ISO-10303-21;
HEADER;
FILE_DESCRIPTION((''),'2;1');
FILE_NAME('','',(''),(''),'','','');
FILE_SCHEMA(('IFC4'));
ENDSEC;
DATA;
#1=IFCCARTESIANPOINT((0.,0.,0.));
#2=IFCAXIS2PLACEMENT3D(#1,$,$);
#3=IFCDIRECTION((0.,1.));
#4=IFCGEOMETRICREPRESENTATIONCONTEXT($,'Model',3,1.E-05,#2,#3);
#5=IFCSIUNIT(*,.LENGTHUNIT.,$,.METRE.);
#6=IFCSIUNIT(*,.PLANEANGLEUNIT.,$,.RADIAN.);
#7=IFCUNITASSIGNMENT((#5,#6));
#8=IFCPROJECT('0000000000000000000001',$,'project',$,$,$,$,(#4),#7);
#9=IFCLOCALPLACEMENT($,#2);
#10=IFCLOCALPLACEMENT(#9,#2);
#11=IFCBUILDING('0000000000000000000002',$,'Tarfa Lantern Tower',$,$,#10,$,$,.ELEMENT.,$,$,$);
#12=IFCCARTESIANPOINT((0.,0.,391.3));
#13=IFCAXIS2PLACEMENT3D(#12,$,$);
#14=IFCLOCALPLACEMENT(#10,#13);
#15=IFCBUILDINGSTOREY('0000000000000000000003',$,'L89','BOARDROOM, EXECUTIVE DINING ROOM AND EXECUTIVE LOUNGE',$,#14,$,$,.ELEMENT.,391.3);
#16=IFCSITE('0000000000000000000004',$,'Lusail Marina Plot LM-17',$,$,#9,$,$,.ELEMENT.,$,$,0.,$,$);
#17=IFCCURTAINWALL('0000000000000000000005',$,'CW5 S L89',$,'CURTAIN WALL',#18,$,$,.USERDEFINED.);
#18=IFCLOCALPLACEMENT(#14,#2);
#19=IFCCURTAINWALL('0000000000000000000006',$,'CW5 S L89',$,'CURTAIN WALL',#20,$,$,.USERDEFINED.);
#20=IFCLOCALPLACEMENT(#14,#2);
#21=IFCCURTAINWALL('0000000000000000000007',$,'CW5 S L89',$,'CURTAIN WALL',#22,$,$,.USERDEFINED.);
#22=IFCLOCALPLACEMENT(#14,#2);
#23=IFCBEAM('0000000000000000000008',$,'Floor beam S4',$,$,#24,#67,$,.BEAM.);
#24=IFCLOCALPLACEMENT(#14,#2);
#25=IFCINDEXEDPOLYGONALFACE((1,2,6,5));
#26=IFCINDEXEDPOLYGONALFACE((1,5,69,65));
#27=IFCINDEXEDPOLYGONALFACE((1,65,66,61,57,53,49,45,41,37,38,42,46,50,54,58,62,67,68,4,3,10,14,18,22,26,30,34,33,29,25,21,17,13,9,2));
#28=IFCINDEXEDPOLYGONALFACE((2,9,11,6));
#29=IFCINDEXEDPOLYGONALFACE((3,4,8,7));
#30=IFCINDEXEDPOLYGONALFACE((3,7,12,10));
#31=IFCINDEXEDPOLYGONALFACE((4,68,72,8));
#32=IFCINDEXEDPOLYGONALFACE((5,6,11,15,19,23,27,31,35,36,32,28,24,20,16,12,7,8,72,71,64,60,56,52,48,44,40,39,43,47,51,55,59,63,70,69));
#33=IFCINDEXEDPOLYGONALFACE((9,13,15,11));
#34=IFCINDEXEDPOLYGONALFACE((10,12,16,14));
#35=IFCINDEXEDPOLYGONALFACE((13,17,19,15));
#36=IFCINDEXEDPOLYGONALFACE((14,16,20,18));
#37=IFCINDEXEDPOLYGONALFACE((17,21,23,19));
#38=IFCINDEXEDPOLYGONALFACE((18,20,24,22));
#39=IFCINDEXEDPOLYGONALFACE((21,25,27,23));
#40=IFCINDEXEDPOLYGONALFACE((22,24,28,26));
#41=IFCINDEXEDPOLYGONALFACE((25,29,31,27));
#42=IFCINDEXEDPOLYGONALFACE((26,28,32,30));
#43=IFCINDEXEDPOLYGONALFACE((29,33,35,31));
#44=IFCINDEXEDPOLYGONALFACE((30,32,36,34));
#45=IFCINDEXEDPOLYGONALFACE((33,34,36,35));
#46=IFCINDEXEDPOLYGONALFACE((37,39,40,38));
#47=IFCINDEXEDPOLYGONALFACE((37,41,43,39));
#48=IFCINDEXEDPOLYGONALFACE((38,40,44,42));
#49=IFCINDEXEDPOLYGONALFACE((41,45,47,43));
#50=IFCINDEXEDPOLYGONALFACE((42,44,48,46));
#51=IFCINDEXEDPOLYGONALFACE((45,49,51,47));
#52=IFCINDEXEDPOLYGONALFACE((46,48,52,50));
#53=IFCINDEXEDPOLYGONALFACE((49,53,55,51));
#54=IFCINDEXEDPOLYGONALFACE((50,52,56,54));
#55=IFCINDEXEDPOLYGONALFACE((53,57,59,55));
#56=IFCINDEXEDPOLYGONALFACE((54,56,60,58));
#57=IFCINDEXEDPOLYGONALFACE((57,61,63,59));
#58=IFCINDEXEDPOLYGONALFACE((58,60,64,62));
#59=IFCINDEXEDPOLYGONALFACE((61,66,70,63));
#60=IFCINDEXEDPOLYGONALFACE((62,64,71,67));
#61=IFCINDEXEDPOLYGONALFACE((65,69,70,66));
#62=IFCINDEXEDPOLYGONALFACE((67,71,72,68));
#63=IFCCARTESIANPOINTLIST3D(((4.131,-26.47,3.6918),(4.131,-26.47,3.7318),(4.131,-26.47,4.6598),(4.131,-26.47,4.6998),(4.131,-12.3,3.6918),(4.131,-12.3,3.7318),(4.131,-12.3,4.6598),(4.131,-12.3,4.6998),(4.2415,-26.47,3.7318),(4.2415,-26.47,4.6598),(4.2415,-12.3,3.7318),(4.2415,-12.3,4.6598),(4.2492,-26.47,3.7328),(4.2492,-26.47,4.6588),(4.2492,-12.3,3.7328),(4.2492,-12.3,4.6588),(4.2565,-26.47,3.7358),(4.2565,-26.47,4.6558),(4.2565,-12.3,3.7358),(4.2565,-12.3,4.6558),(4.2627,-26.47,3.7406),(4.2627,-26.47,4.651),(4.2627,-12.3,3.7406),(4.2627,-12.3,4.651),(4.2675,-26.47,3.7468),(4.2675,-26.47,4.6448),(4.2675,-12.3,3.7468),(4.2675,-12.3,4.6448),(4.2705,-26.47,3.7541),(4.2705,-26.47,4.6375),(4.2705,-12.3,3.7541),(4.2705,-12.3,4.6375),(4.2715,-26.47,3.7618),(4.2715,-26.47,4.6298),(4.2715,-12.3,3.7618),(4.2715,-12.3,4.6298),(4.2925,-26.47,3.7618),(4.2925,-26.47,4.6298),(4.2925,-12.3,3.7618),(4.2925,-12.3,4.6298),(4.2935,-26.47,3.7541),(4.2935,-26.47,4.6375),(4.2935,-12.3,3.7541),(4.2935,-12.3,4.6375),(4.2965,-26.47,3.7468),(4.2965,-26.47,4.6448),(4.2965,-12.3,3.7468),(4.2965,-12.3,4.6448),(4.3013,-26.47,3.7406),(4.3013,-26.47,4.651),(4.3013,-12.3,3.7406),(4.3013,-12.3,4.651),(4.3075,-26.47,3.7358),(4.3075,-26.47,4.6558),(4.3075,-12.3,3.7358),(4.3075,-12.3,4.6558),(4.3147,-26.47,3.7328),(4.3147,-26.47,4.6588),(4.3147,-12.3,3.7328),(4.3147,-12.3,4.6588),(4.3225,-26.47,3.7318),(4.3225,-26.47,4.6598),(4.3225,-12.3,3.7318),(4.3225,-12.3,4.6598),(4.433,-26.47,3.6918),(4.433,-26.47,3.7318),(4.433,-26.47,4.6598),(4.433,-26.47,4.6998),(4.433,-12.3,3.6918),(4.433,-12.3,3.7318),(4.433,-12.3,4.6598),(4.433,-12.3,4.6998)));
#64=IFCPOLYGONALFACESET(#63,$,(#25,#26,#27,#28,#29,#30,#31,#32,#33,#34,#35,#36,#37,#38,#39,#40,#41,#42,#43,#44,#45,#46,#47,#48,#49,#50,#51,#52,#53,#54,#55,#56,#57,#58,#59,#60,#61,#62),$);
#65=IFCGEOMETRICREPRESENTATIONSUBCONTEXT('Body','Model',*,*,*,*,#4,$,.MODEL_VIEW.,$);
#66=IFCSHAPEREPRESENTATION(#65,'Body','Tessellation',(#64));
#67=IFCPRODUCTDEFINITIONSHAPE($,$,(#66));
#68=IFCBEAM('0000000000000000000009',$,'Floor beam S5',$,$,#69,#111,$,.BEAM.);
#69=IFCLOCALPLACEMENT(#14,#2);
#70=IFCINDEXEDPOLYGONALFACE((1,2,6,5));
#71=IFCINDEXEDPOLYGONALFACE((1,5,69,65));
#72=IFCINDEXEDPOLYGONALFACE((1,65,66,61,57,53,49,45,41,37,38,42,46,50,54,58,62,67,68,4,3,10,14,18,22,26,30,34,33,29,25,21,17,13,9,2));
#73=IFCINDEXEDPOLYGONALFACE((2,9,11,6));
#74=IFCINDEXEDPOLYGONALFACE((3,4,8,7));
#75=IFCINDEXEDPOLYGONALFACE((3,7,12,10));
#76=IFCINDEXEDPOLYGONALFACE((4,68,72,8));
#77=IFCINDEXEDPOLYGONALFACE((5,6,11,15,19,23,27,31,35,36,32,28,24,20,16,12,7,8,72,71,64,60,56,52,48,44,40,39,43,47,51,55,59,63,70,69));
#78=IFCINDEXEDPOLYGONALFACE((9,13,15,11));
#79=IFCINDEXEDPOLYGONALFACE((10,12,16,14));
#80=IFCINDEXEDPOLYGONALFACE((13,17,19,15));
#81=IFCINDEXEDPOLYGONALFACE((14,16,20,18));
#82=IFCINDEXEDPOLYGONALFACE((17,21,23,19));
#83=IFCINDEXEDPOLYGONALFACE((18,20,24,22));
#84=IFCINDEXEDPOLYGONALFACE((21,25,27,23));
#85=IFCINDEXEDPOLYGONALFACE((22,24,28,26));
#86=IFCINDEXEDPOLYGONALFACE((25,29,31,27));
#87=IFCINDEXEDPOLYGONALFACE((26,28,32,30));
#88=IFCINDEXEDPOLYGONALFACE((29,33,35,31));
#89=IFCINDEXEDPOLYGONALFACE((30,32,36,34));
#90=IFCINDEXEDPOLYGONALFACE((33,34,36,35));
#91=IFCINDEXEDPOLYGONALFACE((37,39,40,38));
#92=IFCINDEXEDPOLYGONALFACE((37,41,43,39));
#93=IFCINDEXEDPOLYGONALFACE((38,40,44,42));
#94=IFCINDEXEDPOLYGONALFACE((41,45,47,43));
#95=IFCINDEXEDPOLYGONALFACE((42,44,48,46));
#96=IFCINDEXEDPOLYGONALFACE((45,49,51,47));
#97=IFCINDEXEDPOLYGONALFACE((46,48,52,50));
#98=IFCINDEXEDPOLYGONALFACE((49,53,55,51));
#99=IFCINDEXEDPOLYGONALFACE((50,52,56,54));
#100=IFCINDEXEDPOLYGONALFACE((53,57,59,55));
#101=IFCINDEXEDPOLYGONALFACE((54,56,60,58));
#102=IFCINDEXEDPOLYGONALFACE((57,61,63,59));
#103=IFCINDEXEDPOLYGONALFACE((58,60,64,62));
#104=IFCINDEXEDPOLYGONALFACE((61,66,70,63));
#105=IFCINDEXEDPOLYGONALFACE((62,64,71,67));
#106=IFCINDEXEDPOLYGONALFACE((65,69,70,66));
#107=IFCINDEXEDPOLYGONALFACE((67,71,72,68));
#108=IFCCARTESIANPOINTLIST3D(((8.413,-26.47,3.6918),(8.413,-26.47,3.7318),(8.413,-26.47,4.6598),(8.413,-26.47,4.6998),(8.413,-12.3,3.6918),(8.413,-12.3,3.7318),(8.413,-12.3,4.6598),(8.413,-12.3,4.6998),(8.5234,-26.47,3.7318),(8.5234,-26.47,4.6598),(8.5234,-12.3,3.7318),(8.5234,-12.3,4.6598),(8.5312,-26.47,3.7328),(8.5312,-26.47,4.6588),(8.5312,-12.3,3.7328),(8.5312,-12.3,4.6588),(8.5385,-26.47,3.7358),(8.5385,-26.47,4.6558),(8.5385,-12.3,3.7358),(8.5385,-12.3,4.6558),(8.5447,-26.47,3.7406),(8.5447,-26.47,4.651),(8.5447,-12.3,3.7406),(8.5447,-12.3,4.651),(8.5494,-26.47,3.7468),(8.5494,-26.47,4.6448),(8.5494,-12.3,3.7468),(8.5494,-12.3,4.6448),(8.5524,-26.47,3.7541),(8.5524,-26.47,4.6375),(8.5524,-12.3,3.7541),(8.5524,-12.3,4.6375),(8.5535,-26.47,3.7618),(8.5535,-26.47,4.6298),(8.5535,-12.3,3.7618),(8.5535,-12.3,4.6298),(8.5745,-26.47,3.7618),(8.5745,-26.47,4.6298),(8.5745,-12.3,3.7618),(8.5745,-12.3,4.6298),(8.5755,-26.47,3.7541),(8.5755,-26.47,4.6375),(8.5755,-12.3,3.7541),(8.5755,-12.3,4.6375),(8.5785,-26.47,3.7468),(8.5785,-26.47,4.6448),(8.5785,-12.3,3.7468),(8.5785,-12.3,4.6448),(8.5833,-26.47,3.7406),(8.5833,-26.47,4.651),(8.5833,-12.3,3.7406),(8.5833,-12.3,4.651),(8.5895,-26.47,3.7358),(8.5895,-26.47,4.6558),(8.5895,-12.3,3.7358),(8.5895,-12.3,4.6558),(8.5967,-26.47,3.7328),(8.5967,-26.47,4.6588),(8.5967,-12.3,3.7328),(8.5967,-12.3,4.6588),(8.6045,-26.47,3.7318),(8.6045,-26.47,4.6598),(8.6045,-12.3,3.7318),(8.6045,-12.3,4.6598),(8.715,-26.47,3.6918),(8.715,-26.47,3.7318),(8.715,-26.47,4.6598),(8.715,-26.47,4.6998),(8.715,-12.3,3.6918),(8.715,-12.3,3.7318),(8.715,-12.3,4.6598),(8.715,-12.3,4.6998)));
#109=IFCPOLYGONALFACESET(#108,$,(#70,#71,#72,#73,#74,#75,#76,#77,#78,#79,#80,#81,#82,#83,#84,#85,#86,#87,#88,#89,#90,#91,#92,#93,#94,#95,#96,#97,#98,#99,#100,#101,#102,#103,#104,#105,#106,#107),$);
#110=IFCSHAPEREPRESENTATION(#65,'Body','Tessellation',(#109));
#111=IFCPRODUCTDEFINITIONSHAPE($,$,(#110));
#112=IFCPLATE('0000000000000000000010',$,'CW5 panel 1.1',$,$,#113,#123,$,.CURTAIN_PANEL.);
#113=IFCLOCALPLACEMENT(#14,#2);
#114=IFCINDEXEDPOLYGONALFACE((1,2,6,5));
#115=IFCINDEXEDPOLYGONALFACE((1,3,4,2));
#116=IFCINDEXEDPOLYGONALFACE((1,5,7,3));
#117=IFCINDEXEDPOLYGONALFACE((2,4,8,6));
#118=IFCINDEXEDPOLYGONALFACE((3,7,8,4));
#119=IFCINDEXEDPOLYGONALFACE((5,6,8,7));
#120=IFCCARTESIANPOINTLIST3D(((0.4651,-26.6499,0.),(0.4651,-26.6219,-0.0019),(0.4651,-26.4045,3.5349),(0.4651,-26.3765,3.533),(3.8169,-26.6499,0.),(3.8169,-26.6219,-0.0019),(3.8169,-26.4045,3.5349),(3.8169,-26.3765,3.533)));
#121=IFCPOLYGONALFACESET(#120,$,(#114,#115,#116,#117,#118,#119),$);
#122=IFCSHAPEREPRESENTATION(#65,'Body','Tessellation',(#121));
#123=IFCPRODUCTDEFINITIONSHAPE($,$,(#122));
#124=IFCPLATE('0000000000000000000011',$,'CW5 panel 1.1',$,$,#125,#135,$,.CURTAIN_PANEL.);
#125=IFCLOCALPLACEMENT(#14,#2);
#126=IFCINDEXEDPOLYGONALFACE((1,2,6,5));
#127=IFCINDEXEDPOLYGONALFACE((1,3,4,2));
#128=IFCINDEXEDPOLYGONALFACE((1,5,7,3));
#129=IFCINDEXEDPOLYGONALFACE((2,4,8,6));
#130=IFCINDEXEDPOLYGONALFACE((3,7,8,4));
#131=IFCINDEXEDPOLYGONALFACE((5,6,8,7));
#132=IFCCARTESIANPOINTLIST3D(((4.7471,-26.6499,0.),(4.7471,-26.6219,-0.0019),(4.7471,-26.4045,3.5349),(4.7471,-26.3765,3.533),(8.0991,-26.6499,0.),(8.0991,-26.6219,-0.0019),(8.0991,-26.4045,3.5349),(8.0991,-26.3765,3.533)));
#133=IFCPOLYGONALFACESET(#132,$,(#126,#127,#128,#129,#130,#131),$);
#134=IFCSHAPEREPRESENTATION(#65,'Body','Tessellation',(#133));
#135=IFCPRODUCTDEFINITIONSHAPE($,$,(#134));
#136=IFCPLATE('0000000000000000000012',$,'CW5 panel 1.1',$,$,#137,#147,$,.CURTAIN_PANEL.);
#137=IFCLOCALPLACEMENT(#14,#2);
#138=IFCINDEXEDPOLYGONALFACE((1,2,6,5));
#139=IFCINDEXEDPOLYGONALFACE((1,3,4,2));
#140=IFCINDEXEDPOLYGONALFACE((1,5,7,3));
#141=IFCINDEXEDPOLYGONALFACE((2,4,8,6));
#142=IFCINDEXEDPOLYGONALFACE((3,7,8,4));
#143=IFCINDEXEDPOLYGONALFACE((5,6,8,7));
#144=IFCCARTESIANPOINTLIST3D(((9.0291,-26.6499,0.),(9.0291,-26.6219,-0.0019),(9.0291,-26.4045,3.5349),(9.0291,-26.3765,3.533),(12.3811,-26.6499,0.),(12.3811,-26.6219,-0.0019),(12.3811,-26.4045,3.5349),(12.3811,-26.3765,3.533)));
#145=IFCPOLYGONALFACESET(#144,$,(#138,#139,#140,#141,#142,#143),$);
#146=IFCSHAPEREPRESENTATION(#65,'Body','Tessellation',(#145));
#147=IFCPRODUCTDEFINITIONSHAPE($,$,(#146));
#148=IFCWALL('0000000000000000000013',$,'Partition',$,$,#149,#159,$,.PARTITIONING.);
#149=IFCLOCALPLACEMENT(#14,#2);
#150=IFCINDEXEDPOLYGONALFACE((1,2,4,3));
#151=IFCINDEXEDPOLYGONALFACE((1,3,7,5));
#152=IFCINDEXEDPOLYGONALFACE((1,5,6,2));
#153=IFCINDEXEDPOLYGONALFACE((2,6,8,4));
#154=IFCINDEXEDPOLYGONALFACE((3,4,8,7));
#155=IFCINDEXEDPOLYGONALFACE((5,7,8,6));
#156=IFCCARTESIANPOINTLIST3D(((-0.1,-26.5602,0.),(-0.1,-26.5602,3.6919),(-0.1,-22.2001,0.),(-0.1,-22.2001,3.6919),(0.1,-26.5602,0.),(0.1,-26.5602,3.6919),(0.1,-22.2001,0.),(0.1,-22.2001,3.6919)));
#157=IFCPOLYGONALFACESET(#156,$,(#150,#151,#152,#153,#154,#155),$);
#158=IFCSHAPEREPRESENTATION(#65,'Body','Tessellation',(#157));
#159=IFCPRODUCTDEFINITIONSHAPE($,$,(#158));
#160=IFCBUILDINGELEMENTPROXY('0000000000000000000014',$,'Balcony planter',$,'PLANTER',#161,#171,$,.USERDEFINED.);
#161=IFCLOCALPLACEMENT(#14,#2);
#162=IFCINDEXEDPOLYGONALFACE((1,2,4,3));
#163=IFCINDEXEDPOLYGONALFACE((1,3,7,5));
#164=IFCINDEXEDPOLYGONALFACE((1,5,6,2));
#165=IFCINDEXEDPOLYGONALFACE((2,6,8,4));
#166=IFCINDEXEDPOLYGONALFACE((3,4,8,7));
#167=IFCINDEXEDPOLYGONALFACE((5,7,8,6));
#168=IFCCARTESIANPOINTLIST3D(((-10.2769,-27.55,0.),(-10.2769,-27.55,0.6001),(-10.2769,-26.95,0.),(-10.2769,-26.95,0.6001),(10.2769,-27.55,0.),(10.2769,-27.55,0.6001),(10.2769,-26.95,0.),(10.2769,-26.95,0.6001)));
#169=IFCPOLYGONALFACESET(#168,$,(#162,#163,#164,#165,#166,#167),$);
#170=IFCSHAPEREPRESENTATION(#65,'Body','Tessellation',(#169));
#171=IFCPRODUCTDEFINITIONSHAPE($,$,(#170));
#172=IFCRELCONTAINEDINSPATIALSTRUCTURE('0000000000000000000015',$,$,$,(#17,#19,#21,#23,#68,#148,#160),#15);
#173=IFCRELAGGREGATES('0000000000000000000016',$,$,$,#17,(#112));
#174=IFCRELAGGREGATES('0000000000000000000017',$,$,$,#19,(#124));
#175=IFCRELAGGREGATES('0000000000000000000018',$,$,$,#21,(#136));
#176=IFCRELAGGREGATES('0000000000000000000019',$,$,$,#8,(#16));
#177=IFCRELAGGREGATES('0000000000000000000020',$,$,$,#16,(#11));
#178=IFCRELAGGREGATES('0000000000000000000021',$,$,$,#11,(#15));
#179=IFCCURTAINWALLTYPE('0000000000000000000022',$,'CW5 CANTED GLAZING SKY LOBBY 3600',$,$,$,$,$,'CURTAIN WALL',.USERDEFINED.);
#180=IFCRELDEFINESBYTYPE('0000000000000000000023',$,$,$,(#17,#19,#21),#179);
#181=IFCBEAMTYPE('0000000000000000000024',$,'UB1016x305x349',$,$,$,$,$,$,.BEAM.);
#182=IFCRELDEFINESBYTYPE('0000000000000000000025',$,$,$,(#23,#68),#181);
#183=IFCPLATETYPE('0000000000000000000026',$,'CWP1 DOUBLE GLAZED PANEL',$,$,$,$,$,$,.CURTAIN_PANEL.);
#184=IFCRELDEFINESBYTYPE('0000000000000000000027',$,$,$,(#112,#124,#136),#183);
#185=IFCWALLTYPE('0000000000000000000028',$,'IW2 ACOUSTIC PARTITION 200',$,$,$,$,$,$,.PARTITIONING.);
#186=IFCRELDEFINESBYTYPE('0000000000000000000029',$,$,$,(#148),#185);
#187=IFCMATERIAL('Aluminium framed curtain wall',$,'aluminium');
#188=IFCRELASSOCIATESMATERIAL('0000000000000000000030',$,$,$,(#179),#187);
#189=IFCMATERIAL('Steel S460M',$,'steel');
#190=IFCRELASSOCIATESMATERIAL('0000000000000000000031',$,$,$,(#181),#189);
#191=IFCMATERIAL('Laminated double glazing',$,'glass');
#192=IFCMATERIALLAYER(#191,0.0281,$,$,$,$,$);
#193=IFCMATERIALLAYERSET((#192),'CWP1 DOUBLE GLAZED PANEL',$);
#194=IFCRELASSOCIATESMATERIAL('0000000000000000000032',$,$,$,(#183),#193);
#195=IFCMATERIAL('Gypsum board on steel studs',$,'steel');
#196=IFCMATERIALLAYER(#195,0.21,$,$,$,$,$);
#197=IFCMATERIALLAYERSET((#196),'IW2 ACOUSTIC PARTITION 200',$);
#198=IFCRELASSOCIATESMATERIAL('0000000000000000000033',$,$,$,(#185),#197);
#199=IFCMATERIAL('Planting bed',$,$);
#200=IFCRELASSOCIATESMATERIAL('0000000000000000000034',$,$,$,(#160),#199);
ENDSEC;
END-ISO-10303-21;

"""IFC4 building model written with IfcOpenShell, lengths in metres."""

from ifc_helpers import new_model, si_unit, direction, frame, frame_2d, origin, origin_2d, place, context, subcontext, project, spatial, polyline, rectangle, i_section, outline, extrude, material, layer, layer_set, material_profile, profile_set, type_object, element, aggregate, save


model = new_model("IFC4")

# Units and contexts
model_context = context("Model", 3, precision=1e-05, world=origin(), true_north=direction((0.0, 1.0)))
body_context = subcontext(model_context, "Body", "Model", "MODEL_VIEW")
ifc_project = project(units=[si_unit("LENGTHUNIT", "METRE"), si_unit("PLANEANGLEUNIT", "RADIAN")], contexts=[model_context])

# Site, building, storey
site_placement = place(None, origin())
site = spatial("IfcSite", under=ifc_project, at=site_placement, Name="Lusail Marina Plot LM-17", CompositionType="ELEMENT", RefElevation=0.0)
building_placement = place(site_placement, origin())
building = spatial("IfcBuilding", under=site, at=building_placement, Name="Tarfa Lantern Tower", CompositionType="ELEMENT")
storey_placement = place(building_placement, frame((0.0, 0.0, 391.3)))
storey = spatial("IfcBuildingStorey", under=building, at=storey_placement, Name="L89", Description="BOARDROOM, EXECUTIVE DINING ROOM AND EXECUTIVE LOUNGE", CompositionType="ELEMENT", Elevation=391.3)

# Curtain walls
ifc_material_1 = material(Name="Aluminium framed curtain wall", Category="aluminium")
curtain_wall_type = type_object("IfcCurtainWallType", Name="CW5 CANTED GLAZING SKY LOBBY 3600", ElementType="CURTAIN WALL", PredefinedType="USERDEFINED", material=ifc_material_1)
curtain_wall_1_placement = place(storey_placement, origin())
curtain_wall_1 = element("IfcCurtainWall", 1, at=curtain_wall_1_placement, inside=storey, type_object=curtain_wall_type, Name="CW5 S L89", ObjectType="CURTAIN WALL", PredefinedType="USERDEFINED")
curtain_wall_2_placement = place(storey_placement, origin())
curtain_wall_2 = element("IfcCurtainWall", 2, at=curtain_wall_2_placement, inside=storey, type_object=curtain_wall_type, Name="CW5 S L89", ObjectType="CURTAIN WALL", PredefinedType="USERDEFINED")

# Curtain wall
curtain_wall_3_placement = place(storey_placement, origin())
curtain_wall_3 = element("IfcCurtainWall", 3, at=curtain_wall_3_placement, inside=storey, type_object=curtain_wall_type, Name="CW5 S L89", ObjectType="CURTAIN WALL", PredefinedType="USERDEFINED")

# Beams
ifc_material_2 = material(Name="Steel S460M", Category="steel")
ifc_material_profile_1 = material_profile(ifc_material_2, i_section(OverallWidth=0.302, OverallDepth=1.0081, WebThickness=0.021, FlangeThickness=0.04, FilletRadius=0.03, at=origin_2d()), Name="UB1016x305x349")
ifc_profile_set_1 = profile_set([ifc_material_profile_1], Name="Steel S460M")
beam_type_1 = type_object("IfcBeamType", Name="UB1016x305x349", PredefinedType="BEAM", material=ifc_profile_set_1)
for number, where, z_axis, x_axis, name in (
    (4, (4.282, -26.47, 4.1958), (0.0, 1.0, 0.0), (-1.0, 0.0, 0.0), "Floor beam S4"),
    (5, (8.564, -26.47, 4.1958), (0.0, 1.0, 0.0), (-1.0, 0.0, 0.0), "Floor beam S5"),
):
    element("IfcBeam", number, at=place(storey_placement, frame(where, z_axis=z_axis, x_axis=x_axis)), inside=storey, type_object=beam_type_1, Name=name, PredefinedType="BEAM", context=body_context, shape_type="SweptSolid", body=[
        extrude(i_section(OverallWidth=0.302, OverallDepth=1.0081, WebThickness=0.021, FlangeThickness=0.04, FilletRadius=0.03, at=origin_2d()), origin(), (0.0, 0.0, 1.0), 14.1699),
    ])

# Plates
ifc_material_3 = material(Name="Laminated double glazing", Category="glass")
ifc_layer_1 = layer(ifc_material_3, 0.0281)
ifc_layer_set_1 = layer_set([ifc_layer_1], Name="CWP1 DOUBLE GLAZED PANEL")
plate_type = type_object("IfcPlateType", Name="CWP1 DOUBLE GLAZED PANEL", PredefinedType="CURTAIN_PANEL", material=ifc_layer_set_1)
plate_1_placement = place(storey_placement, frame((0.4651, -26.6499, 0.0), z_axis=(0.0, -0.9976, 0.069244), x_axis=(1.0, 0.0, 0.0)))
plate_1 = element("IfcPlate", 6, at=plate_1_placement, type_object=plate_type, Name="CW5 panel 1.1", PredefinedType="CURTAIN_PANEL", context=body_context, shape_type="SweptSolid", body=[
    extrude(outline(polyline([(0.0, 0.0), (3.3518, 0.0), (3.3518, 3.5434), (0.0, 3.5434), (0.0, 0.0)])), origin(), (0.0, 0.0, -1.0), 0.0281),
])
aggregate(curtain_wall_1, [plate_1])
plate_2_placement = place(storey_placement, frame((4.7471, -26.6499, 0.0), z_axis=(0.0, -0.9976, 0.069244), x_axis=(1.0, 0.0, 0.0)))
plate_2 = element("IfcPlate", 7, at=plate_2_placement, type_object=plate_type, Name="CW5 panel 1.1", PredefinedType="CURTAIN_PANEL", context=body_context, shape_type="SweptSolid", body=[
    extrude(outline(polyline([(0.0, 0.0), (3.3521, 0.0), (3.3521, 3.5434), (0.0, 3.5434), (0.0, 0.0)])), origin(), (0.0, 0.0, -1.0), 0.0281),
])
aggregate(curtain_wall_2, [plate_2])
plate_3_placement = place(storey_placement, frame((9.0291, -26.6499, 0.0), z_axis=(0.0, -0.9976, 0.069244), x_axis=(1.0, 0.0, 0.0)))
plate_3 = element("IfcPlate", 8, at=plate_3_placement, type_object=plate_type, Name="CW5 panel 1.1", PredefinedType="CURTAIN_PANEL", context=body_context, shape_type="SweptSolid", body=[
    extrude(outline(polyline([(0.0, 0.0), (3.3521, 0.0), (3.3521, 3.5434), (0.0, 3.5434), (0.0, 0.0)])), origin(), (0.0, 0.0, -1.0), 0.0281),
])
aggregate(curtain_wall_3, [plate_3])

# Wall
ifc_material_4 = material(Name="Gypsum board on steel studs", Category="steel")
ifc_layer_2 = layer(ifc_material_4, 0.21)
ifc_layer_set_2 = layer_set([ifc_layer_2], Name="IW2 ACOUSTIC PARTITION 200")
wall_type = type_object("IfcWallType", Name="IW2 ACOUSTIC PARTITION 200", PredefinedType="PARTITIONING", material=ifc_layer_set_2)
wall_placement = place(storey_placement, frame((0.0, -22.2, 0.0), z_axis=(0.0, 0.0, 1.0), x_axis=(0.0, -1.0, 0.0)))
element("IfcWall", 9, at=wall_placement, inside=storey, type_object=wall_type, Name="Partition", PredefinedType="PARTITIONING", context=body_context, shape_type="SweptSolid", body=[
    extrude(rectangle(XDim=4.3601, YDim=0.2, at=frame_2d((2.1802, 0.0))), origin(), (0.0, 0.0, 1.0), 3.6919),
])

# Building element proxy
ifc_material_5 = material(Name="Planting bed")
proxy_placement = place(storey_placement, frame((0.0, -27.25, 0.0), z_axis=(0.0, 0.0, 1.0), x_axis=(1.0, 0.0, 0.0)))
element("IfcBuildingElementProxy", 10, at=proxy_placement, inside=storey, material=ifc_material_5, Name="Balcony planter", ObjectType="PLANTER", PredefinedType="USERDEFINED", context=body_context, shape_type="SweptSolid", body=[
    extrude(rectangle(XDim=20.5537, YDim=0.6001, at=origin_2d()), origin(), (0.0, 0.0, 1.0), 0.6001),
])

save(model, "model.ifc")
